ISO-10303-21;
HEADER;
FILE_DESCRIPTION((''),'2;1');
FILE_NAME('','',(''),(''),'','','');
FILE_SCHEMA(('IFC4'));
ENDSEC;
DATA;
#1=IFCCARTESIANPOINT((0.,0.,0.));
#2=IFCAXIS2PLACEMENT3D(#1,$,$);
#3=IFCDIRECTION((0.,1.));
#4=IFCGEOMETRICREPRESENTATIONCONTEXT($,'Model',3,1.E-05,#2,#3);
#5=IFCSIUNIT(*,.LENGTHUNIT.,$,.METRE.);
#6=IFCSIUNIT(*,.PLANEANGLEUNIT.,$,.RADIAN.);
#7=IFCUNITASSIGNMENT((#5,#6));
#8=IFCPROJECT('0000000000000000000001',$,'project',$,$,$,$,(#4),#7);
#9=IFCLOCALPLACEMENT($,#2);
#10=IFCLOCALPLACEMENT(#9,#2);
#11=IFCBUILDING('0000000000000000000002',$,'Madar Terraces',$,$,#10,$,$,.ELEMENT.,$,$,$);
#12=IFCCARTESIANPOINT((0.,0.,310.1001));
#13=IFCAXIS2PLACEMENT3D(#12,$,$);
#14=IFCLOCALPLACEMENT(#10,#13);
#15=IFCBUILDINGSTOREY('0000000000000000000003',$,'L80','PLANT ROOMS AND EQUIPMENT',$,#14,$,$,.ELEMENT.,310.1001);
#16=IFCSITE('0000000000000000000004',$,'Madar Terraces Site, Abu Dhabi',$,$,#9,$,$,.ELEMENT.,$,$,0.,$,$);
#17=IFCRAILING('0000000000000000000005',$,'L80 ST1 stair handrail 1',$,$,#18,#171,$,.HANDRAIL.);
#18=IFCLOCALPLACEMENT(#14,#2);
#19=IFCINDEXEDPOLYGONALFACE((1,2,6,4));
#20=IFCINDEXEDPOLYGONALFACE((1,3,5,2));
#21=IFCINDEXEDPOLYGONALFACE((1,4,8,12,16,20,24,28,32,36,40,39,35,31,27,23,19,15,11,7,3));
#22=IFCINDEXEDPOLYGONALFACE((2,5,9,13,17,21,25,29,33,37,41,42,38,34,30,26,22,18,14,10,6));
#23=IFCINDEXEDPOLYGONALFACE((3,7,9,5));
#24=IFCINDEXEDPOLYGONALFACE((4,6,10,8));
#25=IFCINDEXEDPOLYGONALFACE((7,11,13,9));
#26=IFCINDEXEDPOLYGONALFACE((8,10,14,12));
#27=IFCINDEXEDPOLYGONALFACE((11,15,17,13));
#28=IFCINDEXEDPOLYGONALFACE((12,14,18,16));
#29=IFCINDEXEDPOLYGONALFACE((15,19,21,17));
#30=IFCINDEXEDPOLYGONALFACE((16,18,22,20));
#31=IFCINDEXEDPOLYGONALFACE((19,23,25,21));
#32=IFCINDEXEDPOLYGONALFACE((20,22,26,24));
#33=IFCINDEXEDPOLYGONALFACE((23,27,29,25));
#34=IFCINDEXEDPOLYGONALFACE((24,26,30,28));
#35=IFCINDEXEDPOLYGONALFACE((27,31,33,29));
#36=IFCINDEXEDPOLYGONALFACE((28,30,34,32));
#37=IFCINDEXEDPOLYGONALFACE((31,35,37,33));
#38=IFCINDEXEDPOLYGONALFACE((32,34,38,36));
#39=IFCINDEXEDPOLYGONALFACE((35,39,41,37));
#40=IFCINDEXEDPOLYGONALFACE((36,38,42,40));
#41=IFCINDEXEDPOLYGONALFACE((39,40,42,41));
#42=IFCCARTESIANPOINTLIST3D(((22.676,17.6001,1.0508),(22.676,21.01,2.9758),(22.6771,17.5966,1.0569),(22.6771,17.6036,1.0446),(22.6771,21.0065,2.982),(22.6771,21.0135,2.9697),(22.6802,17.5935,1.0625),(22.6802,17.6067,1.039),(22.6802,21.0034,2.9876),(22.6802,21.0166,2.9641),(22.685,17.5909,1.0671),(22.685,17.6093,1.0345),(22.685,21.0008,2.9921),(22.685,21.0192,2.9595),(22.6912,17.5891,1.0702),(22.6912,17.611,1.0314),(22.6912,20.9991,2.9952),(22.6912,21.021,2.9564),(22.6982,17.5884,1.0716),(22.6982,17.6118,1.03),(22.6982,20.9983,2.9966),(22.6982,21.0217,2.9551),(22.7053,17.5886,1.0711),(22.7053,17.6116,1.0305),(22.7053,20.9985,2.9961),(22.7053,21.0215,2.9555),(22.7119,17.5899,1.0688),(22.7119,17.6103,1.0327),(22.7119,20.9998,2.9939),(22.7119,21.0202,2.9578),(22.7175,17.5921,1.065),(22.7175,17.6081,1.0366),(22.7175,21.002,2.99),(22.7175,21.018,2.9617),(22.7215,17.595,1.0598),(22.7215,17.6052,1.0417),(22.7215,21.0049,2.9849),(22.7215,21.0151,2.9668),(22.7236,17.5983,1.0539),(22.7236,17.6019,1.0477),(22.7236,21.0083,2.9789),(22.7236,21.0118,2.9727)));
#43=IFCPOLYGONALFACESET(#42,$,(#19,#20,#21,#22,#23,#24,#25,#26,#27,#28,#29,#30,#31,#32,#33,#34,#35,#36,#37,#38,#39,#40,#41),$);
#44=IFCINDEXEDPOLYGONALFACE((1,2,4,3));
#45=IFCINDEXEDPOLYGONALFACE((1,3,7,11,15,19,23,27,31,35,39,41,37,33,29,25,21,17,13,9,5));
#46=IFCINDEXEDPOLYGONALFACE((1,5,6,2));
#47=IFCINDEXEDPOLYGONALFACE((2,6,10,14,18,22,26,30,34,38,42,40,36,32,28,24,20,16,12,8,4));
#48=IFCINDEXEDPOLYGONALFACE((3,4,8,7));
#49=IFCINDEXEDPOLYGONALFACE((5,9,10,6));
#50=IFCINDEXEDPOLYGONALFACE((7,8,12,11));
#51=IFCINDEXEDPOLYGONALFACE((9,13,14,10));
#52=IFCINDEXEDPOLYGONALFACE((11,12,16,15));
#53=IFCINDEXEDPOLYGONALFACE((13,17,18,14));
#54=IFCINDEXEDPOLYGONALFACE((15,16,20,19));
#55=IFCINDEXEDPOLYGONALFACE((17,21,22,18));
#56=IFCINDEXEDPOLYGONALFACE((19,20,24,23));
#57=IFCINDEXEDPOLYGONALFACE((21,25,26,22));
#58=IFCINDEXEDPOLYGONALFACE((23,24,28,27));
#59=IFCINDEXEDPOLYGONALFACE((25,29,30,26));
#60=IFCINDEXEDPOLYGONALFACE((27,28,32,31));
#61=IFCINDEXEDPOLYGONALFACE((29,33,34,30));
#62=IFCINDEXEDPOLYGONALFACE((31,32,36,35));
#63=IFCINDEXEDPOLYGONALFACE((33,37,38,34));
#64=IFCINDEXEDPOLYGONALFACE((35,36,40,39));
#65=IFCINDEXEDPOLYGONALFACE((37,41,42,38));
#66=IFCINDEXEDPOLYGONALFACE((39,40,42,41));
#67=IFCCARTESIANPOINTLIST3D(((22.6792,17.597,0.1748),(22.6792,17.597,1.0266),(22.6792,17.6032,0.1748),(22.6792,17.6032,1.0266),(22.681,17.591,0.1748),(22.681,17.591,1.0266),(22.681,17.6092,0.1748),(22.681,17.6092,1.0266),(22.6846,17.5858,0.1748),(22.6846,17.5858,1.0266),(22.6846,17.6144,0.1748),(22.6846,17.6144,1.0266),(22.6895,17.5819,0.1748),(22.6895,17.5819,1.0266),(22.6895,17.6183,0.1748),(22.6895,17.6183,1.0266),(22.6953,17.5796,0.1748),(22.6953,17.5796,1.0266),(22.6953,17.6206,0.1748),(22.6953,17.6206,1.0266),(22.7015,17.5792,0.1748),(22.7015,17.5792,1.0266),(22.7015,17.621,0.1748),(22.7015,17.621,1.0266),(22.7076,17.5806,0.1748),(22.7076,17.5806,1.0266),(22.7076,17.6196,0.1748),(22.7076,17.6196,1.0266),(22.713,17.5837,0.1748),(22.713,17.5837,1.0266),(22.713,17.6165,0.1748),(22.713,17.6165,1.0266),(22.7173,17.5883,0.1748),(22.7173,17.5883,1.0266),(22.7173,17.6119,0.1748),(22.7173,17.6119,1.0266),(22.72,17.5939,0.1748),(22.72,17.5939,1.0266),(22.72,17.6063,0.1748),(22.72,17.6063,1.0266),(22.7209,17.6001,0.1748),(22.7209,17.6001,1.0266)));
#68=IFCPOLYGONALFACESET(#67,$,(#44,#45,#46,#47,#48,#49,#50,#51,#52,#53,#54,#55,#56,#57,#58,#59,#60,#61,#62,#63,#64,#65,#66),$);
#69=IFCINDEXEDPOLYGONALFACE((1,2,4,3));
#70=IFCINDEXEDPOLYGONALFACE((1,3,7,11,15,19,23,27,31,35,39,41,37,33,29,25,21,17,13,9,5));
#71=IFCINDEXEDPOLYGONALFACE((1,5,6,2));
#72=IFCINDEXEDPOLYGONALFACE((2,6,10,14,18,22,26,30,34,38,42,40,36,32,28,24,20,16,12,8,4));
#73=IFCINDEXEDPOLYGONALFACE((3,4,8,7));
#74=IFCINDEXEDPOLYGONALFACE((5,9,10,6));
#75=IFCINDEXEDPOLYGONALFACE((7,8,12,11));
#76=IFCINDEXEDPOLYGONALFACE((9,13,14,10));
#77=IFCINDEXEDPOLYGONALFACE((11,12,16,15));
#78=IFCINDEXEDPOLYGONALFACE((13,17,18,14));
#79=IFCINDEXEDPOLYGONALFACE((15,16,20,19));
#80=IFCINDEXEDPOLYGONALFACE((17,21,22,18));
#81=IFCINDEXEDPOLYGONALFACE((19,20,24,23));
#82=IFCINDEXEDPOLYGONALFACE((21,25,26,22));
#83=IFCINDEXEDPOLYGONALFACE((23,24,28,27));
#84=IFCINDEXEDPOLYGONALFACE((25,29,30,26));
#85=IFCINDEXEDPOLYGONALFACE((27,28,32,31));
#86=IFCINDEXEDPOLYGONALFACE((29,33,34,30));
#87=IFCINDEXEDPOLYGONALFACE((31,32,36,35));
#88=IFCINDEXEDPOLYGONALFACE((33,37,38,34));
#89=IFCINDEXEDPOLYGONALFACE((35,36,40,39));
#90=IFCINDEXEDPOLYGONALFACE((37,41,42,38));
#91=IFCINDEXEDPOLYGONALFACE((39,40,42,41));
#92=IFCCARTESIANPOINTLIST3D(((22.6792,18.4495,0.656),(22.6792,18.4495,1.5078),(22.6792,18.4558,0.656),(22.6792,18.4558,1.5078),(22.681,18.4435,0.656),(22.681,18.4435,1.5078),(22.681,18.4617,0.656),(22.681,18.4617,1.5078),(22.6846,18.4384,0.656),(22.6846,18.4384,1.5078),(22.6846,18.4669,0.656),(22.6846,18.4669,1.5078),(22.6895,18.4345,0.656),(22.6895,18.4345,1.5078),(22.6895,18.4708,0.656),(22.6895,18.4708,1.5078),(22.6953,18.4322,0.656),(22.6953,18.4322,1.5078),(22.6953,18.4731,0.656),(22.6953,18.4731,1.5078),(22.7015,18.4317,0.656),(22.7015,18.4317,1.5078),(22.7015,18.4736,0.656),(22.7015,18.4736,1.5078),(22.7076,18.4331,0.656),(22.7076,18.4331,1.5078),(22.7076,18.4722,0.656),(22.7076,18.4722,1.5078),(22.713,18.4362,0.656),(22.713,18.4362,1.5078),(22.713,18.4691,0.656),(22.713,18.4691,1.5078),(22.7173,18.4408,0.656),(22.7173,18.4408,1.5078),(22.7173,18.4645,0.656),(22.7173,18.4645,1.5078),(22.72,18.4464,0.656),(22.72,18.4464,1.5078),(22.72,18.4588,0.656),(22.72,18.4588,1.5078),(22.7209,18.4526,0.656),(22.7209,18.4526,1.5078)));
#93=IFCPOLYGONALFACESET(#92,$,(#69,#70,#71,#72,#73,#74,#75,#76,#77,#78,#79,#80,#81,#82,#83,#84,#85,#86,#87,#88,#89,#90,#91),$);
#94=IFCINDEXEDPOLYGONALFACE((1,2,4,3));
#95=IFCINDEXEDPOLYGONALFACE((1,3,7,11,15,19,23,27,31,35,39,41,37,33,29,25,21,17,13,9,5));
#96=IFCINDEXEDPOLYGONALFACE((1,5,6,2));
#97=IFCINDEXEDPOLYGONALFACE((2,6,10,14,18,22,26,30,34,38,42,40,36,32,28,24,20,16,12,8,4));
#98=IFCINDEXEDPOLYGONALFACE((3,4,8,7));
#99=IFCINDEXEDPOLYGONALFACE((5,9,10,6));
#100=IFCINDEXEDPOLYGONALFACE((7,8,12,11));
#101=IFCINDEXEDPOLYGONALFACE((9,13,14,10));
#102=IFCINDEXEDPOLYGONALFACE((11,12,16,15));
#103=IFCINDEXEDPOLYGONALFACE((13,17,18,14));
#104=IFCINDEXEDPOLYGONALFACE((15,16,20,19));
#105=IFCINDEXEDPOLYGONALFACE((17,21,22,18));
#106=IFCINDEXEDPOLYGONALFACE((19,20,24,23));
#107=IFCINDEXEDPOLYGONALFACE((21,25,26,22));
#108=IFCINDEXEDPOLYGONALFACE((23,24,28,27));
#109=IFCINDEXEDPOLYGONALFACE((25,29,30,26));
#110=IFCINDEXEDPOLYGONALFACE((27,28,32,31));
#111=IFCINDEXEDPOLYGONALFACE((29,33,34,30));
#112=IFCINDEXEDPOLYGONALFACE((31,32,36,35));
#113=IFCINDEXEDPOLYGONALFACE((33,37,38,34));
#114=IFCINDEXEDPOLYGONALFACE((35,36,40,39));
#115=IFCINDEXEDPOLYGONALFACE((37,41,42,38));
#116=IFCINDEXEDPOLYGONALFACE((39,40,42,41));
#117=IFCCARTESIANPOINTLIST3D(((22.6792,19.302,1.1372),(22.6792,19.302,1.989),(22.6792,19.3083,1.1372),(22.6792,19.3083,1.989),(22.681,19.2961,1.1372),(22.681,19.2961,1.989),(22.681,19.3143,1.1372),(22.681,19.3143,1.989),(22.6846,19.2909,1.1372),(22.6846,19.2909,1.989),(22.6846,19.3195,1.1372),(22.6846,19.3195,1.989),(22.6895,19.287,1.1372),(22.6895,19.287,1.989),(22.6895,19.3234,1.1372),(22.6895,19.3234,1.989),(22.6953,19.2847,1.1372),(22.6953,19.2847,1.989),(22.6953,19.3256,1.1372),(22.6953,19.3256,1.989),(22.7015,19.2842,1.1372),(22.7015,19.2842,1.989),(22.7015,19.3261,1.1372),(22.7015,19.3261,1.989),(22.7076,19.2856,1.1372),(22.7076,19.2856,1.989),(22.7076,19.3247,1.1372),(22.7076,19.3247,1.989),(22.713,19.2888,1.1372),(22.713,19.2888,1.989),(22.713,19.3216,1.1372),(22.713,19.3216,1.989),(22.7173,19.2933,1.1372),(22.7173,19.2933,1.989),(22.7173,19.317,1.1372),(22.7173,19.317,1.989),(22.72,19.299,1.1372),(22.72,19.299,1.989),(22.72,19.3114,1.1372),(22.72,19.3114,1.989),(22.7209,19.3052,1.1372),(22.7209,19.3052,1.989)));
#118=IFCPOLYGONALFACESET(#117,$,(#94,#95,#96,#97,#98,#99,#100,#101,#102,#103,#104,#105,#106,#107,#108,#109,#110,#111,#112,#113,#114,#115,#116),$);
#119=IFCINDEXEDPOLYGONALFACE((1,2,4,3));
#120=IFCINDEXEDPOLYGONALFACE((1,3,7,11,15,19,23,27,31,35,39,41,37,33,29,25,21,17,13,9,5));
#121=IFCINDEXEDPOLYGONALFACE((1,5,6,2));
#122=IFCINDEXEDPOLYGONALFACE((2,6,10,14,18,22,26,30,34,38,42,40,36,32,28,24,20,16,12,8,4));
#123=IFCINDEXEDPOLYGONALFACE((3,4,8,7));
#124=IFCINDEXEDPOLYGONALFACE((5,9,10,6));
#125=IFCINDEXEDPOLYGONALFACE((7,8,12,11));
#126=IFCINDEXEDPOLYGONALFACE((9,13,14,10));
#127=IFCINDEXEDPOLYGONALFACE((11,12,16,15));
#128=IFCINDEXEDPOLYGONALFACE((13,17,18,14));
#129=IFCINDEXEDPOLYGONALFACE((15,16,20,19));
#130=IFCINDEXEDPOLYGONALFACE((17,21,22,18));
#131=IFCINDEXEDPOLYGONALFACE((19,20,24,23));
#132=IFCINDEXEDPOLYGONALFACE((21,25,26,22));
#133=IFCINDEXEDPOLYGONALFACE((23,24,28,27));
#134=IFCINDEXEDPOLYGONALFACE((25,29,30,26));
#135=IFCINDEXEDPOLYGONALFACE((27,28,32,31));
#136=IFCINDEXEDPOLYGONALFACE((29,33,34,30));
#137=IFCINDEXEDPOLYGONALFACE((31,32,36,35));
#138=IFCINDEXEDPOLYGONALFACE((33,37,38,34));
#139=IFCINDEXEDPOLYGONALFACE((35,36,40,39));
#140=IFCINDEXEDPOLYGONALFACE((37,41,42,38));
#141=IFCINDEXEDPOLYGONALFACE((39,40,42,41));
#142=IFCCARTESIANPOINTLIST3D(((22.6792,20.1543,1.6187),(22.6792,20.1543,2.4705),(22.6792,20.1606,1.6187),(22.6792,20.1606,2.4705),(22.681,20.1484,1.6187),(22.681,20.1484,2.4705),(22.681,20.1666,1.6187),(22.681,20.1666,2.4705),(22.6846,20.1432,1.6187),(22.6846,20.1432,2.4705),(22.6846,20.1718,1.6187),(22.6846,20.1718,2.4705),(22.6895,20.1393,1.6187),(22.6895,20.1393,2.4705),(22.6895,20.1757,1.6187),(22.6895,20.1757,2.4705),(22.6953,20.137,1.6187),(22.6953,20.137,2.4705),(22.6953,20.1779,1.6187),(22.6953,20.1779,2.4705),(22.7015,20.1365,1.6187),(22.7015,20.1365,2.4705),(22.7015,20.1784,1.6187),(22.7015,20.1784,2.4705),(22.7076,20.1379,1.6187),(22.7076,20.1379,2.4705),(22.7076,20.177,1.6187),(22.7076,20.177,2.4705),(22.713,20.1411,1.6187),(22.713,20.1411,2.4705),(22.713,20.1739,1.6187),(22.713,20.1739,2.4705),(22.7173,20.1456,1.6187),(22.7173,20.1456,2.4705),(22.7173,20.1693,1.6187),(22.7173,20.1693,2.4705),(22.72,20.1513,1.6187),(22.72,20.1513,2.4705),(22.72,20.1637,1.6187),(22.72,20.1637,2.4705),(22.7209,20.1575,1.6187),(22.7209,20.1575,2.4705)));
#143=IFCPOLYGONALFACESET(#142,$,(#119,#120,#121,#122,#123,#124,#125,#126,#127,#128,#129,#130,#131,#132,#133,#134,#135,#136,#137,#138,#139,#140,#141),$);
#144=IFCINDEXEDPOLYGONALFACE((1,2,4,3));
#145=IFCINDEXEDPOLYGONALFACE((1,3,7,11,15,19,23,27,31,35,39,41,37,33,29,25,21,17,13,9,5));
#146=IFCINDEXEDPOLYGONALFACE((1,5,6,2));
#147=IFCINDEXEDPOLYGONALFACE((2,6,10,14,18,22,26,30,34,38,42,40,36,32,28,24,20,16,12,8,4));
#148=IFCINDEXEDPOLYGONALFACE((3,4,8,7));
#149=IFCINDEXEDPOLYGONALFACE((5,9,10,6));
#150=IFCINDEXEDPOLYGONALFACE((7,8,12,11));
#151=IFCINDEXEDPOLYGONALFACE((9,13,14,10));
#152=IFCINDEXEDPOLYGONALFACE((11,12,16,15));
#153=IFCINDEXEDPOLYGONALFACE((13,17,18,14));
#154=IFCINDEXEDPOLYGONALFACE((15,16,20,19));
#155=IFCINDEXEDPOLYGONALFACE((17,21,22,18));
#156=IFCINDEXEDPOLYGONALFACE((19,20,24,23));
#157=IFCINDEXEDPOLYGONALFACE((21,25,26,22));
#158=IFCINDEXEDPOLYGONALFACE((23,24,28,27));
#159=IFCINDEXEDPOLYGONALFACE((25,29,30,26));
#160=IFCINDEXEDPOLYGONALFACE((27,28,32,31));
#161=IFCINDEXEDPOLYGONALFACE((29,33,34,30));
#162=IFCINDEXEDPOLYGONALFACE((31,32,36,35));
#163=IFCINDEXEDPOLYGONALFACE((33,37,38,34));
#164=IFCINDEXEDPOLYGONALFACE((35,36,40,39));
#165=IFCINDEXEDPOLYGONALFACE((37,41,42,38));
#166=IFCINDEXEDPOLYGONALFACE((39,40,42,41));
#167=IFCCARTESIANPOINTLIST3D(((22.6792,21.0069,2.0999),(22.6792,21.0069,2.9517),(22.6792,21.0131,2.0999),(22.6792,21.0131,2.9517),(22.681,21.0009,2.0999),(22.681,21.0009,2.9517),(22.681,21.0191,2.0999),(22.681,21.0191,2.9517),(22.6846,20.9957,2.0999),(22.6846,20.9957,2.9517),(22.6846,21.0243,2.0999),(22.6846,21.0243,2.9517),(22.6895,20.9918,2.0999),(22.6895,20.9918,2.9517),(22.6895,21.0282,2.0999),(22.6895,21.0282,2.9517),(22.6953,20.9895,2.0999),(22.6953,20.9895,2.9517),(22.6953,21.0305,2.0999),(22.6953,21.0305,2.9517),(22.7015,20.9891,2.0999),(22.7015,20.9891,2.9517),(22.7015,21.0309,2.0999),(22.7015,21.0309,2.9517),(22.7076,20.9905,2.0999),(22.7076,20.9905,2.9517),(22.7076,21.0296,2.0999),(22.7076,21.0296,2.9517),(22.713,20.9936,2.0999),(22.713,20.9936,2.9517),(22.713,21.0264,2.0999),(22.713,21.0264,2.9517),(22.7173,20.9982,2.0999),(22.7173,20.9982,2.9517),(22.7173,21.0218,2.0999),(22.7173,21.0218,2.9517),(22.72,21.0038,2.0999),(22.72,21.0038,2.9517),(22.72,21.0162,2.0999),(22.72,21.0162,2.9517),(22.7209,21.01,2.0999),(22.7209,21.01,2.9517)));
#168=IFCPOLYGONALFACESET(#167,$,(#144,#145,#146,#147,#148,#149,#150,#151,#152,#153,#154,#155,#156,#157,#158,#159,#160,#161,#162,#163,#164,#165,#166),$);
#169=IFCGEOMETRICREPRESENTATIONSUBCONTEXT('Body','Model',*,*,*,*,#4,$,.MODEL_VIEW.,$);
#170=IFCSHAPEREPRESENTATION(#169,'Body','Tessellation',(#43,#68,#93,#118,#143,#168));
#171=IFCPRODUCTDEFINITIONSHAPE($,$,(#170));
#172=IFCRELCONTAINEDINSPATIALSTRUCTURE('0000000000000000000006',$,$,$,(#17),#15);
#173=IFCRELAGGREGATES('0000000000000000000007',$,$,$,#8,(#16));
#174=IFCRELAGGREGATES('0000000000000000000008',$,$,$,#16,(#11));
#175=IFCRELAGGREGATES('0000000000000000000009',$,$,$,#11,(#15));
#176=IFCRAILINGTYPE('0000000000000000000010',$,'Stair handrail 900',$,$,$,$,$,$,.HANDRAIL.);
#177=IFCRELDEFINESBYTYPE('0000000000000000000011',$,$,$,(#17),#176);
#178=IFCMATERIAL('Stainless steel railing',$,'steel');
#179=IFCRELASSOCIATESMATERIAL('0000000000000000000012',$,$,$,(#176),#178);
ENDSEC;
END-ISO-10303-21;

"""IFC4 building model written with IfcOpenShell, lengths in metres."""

from ifc_helpers import new_model, si_unit, direction, frame, origin, origin_2d, place, context, subcontext, project, spatial, circle, extrude, material, type_object, element, save


model = new_model("IFC4")

# Units and contexts
model_context = context("Model", 3, precision=1e-05, world=origin(), true_north=direction((0.0, 1.0)))
body_context = subcontext(model_context, "Body", "Model", "MODEL_VIEW")
ifc_project = project(units=[si_unit("LENGTHUNIT", "METRE"), si_unit("PLANEANGLEUNIT", "RADIAN")], contexts=[model_context])

# Site, building, storey
site_placement = place(None, origin())
site = spatial("IfcSite", under=ifc_project, at=site_placement, Name="Madar Terraces Site, Abu Dhabi", CompositionType="ELEMENT", RefElevation=0.0)
building_placement = place(site_placement, origin())
building = spatial("IfcBuilding", under=site, at=building_placement, Name="Madar Terraces", CompositionType="ELEMENT")
storey_placement = place(building_placement, frame((0.0, 0.0, 310.1001)))
storey = spatial("IfcBuildingStorey", under=building, at=storey_placement, Name="L80", Description="PLANT ROOMS AND EQUIPMENT", CompositionType="ELEMENT", Elevation=310.1001)

# Railing
ifc_material_1 = material(Name="Stainless steel railing", Category="steel")
railing_type_1 = type_object("IfcRailingType", Name="Stair handrail 900", PredefinedType="HANDRAIL", material=ifc_material_1)
railing_1_placement = place(storey_placement, frame((22.7, 17.6001, 0.1748)))
element("IfcRailing", 1, at=railing_1_placement, inside=storey, type_object=railing_type_1, Name="L80 ST1 stair handrail 1", PredefinedType="HANDRAIL", context=body_context, shape_type="SweptSolid", body=[
    extrude(circle(Radius=0.0239, at=origin_2d()), frame((0.0, 0.0, 0.876), z_axis=(0.0, 0.870814, 0.491613), x_axis=(-1.0, 0.0, 0.0)), (0.0, 0.0, 1.0), 3.9158),
    extrude(circle(Radius=0.021, at=origin_2d()), origin(), (0.0, 0.0, 1.0), 0.8518),
    extrude(circle(Radius=0.021, at=origin_2d()), frame((0.0, 0.8525, 0.4812)), (0.0, 0.0, 1.0), 0.8518),
    extrude(circle(Radius=0.021, at=origin_2d()), frame((0.0, 1.7051, 0.9624)), (0.0, 0.0, 1.0), 0.8518),
    extrude(circle(Radius=0.021, at=origin_2d()), frame((0.0, 2.5574, 1.4438)), (0.0, 0.0, 1.0), 0.8518),
    extrude(circle(Radius=0.021, at=origin_2d()), frame((0.0, 3.4099, 1.925)), (0.0, 0.0, 1.0), 0.8518),
])

save(model, "model.ifc")
